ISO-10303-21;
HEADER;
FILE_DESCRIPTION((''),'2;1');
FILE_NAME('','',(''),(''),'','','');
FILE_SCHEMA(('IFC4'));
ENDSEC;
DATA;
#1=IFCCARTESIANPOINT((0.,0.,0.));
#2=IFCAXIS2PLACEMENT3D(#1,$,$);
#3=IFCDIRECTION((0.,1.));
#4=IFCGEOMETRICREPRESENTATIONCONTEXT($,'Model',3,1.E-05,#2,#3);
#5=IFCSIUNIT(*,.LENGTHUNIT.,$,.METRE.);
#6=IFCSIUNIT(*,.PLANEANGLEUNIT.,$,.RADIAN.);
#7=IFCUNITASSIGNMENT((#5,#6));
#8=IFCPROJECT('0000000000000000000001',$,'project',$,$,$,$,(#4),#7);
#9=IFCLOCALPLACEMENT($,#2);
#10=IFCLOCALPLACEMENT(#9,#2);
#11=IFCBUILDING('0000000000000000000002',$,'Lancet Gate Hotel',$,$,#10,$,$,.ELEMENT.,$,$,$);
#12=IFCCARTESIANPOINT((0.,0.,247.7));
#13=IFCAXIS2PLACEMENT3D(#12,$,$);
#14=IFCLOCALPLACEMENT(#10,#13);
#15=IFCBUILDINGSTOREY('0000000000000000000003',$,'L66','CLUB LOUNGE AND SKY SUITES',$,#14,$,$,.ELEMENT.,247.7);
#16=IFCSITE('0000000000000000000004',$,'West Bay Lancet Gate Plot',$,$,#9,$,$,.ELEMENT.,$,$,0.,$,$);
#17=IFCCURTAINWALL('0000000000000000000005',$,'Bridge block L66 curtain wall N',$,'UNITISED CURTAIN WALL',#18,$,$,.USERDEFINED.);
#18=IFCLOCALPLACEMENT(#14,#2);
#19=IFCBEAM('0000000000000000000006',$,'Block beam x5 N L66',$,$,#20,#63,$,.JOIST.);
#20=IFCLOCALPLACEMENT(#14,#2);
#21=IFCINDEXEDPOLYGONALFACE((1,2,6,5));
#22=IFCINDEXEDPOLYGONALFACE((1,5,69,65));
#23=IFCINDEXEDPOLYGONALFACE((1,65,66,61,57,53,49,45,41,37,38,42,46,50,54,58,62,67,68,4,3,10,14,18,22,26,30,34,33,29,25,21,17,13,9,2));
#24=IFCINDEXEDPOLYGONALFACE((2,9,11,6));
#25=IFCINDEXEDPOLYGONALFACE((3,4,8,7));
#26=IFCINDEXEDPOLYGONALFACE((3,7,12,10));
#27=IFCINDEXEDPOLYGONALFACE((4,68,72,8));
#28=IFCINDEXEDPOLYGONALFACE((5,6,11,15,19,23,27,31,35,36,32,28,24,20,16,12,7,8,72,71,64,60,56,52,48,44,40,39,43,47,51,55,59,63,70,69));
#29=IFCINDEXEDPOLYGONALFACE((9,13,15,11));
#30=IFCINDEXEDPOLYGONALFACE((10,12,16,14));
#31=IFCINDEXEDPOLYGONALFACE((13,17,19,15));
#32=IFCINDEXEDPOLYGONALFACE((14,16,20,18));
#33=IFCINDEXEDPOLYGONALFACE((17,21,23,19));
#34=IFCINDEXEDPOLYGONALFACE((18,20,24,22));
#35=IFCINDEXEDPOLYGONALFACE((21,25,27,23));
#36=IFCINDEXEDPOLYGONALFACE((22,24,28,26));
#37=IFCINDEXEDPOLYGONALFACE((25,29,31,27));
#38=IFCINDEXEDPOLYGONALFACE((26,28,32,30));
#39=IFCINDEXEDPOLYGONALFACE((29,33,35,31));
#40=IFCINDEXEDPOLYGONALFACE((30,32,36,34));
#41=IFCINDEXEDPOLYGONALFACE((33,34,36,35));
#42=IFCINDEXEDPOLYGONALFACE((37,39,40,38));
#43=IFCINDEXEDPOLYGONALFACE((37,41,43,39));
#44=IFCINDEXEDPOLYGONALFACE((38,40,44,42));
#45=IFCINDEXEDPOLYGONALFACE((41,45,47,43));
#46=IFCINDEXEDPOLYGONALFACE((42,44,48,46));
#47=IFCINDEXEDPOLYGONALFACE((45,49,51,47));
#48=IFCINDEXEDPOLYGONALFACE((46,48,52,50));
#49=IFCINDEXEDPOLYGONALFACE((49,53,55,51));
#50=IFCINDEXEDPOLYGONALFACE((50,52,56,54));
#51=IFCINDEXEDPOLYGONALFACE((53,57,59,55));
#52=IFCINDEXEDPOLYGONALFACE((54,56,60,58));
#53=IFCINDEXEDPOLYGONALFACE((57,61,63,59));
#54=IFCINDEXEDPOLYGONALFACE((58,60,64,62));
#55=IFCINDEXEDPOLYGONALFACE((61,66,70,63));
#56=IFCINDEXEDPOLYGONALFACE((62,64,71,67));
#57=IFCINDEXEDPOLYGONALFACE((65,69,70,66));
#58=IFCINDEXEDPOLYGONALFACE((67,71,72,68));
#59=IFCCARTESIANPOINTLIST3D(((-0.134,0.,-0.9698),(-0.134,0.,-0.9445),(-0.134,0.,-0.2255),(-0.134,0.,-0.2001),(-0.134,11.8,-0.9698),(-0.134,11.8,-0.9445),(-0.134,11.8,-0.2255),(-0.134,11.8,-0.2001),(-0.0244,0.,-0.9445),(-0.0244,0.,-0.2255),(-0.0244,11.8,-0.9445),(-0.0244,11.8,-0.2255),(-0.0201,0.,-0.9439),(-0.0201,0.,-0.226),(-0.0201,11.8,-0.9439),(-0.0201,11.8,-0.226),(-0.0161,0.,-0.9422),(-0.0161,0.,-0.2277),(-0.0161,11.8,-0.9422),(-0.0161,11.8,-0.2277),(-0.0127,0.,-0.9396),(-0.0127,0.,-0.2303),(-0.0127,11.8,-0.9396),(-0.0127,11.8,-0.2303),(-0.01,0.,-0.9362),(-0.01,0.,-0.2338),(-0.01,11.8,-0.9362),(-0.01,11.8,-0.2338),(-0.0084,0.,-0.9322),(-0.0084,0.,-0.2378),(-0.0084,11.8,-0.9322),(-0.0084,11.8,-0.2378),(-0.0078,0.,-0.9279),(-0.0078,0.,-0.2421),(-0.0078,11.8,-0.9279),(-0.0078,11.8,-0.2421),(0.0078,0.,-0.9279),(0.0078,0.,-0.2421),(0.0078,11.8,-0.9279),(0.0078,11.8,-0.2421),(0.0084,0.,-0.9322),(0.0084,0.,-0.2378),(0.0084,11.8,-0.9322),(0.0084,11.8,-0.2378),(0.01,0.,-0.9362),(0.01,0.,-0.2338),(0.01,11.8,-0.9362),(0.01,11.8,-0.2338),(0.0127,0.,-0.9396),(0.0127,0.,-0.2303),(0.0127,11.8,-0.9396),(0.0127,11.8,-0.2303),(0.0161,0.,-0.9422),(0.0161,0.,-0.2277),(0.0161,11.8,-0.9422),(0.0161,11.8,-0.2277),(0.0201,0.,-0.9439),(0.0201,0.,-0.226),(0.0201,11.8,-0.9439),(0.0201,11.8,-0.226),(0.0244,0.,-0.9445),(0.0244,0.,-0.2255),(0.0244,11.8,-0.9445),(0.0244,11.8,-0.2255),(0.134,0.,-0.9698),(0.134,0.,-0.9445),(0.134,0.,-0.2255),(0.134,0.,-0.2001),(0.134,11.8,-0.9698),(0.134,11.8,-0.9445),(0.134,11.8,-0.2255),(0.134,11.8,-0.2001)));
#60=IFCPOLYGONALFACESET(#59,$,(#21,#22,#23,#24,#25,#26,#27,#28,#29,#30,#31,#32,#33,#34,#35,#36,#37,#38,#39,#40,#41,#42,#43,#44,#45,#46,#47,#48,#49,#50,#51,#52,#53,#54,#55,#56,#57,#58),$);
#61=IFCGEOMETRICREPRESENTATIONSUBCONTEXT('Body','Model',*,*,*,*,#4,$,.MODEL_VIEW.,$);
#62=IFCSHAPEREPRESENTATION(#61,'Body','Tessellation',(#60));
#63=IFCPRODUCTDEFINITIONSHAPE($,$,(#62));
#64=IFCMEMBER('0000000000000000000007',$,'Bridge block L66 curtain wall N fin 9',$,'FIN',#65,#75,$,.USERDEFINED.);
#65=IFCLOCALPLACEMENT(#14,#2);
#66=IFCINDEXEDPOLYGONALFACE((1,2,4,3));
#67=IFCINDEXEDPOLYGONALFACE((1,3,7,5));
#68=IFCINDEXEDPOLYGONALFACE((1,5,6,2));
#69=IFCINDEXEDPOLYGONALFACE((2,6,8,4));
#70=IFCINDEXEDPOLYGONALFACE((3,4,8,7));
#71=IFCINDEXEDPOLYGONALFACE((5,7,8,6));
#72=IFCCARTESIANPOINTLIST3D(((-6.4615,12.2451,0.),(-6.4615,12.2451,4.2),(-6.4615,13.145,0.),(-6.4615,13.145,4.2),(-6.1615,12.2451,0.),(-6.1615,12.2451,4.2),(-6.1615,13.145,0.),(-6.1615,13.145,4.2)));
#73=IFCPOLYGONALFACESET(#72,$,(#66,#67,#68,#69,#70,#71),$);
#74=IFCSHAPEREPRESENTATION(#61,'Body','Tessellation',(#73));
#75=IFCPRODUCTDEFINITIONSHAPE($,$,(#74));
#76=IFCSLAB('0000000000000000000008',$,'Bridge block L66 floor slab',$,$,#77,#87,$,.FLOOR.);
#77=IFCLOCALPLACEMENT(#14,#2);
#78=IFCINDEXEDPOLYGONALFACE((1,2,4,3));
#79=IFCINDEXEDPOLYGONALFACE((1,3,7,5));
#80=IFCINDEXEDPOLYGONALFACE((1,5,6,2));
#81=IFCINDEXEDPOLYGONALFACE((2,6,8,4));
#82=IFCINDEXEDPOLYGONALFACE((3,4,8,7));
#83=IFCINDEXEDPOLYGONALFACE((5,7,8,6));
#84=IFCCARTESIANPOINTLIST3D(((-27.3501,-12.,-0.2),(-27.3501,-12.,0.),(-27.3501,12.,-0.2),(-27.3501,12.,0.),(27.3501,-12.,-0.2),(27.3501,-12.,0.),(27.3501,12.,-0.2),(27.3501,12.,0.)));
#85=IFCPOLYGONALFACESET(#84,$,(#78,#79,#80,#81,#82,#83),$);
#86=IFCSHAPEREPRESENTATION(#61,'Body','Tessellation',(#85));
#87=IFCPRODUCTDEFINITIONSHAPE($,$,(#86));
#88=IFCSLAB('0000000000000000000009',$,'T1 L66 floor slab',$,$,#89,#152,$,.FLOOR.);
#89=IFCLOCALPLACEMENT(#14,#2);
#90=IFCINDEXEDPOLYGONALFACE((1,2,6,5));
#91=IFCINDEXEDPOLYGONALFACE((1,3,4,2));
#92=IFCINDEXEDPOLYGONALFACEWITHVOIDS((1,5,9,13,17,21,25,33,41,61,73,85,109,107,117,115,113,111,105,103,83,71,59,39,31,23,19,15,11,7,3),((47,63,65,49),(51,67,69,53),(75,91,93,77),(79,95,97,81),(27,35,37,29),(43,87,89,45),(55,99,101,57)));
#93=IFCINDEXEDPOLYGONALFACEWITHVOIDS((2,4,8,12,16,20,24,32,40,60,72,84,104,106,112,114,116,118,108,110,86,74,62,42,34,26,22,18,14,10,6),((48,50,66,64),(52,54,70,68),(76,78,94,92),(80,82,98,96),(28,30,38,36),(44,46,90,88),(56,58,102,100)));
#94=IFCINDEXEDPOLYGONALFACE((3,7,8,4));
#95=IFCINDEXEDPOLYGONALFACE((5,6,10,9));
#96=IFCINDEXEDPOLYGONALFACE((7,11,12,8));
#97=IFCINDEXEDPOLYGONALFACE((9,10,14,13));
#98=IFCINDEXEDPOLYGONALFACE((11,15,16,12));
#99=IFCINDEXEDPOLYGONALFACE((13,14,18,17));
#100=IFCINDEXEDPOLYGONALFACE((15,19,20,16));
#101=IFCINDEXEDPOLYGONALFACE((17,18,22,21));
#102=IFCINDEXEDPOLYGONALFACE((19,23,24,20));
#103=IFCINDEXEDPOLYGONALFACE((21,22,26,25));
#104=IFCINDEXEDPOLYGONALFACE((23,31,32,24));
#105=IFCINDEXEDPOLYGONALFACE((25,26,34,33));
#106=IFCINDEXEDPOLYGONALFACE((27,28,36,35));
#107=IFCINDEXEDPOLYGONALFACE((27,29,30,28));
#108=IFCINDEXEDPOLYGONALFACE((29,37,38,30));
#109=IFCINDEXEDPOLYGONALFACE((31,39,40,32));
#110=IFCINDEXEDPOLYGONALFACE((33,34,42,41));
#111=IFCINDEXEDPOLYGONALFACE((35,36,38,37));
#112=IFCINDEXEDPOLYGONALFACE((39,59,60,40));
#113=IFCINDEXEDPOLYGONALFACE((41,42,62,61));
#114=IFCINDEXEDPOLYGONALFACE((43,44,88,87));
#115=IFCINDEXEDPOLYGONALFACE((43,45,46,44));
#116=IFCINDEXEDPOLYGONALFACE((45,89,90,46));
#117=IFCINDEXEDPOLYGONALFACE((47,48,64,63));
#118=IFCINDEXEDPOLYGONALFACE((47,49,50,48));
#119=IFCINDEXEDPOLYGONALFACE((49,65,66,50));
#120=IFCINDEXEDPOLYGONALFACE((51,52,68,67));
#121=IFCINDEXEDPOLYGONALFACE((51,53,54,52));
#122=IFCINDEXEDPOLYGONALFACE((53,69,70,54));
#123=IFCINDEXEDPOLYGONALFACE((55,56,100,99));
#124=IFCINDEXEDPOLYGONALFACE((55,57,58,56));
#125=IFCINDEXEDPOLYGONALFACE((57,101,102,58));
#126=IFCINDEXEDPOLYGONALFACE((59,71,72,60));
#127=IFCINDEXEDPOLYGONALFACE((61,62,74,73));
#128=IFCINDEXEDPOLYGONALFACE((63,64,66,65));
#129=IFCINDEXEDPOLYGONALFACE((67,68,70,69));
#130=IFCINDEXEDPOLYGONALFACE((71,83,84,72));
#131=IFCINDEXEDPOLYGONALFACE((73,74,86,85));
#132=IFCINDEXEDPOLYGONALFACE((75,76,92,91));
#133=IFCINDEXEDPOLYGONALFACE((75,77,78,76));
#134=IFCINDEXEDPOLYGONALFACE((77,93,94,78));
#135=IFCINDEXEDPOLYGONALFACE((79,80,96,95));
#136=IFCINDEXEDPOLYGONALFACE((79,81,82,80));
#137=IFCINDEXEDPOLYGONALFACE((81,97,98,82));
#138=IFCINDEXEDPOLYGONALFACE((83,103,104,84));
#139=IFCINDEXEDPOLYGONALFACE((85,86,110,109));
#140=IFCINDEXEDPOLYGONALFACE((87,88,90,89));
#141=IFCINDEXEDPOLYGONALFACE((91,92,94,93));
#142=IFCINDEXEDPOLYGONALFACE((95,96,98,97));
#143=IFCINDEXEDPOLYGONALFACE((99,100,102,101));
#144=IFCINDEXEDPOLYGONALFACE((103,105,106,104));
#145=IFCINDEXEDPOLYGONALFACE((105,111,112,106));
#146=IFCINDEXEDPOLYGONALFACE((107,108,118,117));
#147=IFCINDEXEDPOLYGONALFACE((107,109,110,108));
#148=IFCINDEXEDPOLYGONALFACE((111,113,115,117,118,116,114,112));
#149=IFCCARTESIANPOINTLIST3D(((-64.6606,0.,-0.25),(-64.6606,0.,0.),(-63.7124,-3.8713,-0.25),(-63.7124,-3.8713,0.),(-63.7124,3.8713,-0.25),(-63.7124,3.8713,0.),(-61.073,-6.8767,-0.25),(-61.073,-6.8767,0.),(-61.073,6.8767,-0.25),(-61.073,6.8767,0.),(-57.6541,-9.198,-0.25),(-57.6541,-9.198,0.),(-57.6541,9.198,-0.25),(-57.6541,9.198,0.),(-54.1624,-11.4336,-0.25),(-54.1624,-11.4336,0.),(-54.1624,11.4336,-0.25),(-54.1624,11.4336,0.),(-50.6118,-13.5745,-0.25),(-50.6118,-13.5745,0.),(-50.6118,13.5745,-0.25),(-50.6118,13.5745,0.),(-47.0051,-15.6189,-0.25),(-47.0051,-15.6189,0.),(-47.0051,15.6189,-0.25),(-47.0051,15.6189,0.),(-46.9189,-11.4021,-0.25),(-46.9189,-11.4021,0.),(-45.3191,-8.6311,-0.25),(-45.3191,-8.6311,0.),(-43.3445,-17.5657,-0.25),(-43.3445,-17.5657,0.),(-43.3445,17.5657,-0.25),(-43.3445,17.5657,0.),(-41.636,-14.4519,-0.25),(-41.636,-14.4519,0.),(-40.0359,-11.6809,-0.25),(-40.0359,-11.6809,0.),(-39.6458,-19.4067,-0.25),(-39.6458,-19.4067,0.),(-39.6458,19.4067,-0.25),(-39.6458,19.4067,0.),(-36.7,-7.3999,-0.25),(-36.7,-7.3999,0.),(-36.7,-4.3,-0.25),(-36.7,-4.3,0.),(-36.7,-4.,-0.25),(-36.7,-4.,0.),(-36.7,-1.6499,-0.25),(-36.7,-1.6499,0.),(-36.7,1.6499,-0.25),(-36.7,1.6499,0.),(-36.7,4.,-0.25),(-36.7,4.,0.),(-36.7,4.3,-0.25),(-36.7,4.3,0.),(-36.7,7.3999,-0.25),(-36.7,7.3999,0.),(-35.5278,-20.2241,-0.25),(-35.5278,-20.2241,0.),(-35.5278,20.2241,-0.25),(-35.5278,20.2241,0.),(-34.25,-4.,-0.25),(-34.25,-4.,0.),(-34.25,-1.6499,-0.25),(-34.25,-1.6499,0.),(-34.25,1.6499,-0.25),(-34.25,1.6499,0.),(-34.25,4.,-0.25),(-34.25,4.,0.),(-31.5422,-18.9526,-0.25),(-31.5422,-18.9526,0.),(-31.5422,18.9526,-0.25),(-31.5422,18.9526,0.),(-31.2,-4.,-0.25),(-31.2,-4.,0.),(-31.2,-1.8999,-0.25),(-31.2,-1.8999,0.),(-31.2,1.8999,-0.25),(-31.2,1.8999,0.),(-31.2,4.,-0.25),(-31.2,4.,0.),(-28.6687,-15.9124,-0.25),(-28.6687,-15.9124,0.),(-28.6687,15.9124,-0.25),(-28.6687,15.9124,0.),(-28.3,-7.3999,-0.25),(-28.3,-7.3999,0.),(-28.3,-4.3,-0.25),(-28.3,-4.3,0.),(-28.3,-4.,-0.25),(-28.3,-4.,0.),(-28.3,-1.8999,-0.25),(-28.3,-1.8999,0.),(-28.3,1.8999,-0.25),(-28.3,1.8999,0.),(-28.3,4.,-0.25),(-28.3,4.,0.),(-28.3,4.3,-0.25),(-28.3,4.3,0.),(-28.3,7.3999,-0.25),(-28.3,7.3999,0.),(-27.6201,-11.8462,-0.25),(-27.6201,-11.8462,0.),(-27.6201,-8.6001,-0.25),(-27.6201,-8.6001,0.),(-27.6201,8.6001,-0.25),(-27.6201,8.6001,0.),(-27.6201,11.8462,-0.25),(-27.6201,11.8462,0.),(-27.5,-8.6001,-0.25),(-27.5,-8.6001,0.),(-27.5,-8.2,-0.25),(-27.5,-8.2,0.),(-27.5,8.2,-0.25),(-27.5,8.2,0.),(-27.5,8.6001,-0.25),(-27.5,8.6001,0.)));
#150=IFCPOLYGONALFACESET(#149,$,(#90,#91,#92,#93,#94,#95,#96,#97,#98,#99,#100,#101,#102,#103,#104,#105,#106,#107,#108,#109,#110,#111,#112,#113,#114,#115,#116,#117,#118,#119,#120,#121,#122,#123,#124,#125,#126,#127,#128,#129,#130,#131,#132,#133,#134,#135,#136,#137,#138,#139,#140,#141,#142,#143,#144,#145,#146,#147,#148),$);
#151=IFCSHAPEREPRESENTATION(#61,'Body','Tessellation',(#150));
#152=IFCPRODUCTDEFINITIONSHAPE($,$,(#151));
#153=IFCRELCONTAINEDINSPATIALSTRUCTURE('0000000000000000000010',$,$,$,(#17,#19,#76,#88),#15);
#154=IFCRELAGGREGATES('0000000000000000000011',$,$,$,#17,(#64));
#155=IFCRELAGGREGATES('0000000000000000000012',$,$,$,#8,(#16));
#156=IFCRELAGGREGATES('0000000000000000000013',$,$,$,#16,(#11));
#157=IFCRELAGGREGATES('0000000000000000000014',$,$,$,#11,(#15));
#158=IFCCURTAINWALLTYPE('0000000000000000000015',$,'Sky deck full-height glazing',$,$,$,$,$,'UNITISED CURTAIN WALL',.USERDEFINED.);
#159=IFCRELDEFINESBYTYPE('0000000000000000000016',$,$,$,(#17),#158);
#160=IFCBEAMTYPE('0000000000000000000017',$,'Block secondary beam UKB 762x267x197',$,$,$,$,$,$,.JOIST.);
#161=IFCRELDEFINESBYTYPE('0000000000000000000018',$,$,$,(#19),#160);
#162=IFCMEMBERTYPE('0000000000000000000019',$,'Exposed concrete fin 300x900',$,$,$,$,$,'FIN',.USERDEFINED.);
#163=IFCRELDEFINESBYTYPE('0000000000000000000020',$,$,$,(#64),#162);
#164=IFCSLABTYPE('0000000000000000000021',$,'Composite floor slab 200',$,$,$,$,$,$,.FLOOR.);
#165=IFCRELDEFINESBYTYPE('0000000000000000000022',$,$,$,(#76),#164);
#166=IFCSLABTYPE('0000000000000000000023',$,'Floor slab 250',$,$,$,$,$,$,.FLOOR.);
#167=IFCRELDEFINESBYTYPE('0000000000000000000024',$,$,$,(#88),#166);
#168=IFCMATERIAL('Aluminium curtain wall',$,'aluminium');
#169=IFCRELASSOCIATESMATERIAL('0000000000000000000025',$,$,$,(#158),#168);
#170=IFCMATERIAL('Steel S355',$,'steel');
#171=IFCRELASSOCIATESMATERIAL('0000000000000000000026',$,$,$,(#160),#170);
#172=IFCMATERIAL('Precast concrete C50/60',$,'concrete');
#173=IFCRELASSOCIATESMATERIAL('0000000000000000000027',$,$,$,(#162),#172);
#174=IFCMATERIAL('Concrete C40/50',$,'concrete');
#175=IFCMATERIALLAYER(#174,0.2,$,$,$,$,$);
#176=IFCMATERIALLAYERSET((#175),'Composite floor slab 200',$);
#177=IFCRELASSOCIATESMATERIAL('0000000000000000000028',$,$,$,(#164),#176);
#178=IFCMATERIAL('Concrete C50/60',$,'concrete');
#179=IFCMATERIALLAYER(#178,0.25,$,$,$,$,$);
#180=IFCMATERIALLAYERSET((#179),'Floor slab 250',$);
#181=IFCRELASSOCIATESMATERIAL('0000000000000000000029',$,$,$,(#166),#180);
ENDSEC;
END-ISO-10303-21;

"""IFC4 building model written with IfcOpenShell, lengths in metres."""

from ifc_helpers import new_model, si_unit, direction, frame, origin, origin_2d, place, context, subcontext, project, spatial, polyline, rectangle, i_section, outline, extrude, material, layer, layer_set, material_profile, profile_set, type_object, element, aggregate, save


model = new_model("IFC4")

# Units and contexts
model_context = context("Model", 3, precision=1e-05, world=origin(), true_north=direction((0.0, 1.0)))
body_context = subcontext(model_context, "Body", "Model", "MODEL_VIEW")
ifc_project = project(units=[si_unit("LENGTHUNIT", "METRE"), si_unit("PLANEANGLEUNIT", "RADIAN")], contexts=[model_context])

# Site, building, storey
site_placement = place(None, origin())
site = spatial("IfcSite", under=ifc_project, at=site_placement, Name="West Bay Lancet Gate Plot", CompositionType="ELEMENT", RefElevation=0.0)
building_placement = place(site_placement, origin())
building = spatial("IfcBuilding", under=site, at=building_placement, Name="Lancet Gate Hotel", CompositionType="ELEMENT")
storey_placement = place(building_placement, frame((0.0, 0.0, 247.7)))
storey = spatial("IfcBuildingStorey", under=building, at=storey_placement, Name="L66", Description="CLUB LOUNGE AND SKY SUITES", CompositionType="ELEMENT", Elevation=247.7)

# Curtain wall
ifc_material_1 = material(Name="Aluminium curtain wall", Category="aluminium")
curtain_wall_type = type_object("IfcCurtainWallType", Name="Sky deck full-height glazing", ElementType="UNITISED CURTAIN WALL", PredefinedType="USERDEFINED", material=ifc_material_1)
curtain_wall_placement = place(storey_placement, origin())
curtain_wall = element("IfcCurtainWall", 1, at=curtain_wall_placement, inside=storey, type_object=curtain_wall_type, Name="Bridge block L66 curtain wall N", ObjectType="UNITISED CURTAIN WALL", PredefinedType="USERDEFINED")

# Beam
ifc_material_2 = material(Name="Steel S355", Category="steel")
ifc_material_profile_1 = material_profile(ifc_material_2, i_section(OverallWidth=0.2681, OverallDepth=0.7698, WebThickness=0.0156, FlangeThickness=0.0254, FilletRadius=0.0166, at=origin_2d()), Name="UKB 762x267x197")
ifc_profile_set_1 = profile_set([ifc_material_profile_1], Name="Steel S355")
beam_type_1 = type_object("IfcBeamType", Name="Block secondary beam UKB 762x267x197", PredefinedType="JOIST", material=ifc_profile_set_1)
for number, where, z_axis, x_axis, name in (
    (2, (0.0, 0.0, -0.585), (0.0, 1.0, 0.0), (-1.0, 0.0, 0.0), "Block beam x5 N L66"),
):
    element("IfcBeam", number, at=place(storey_placement, frame(where, z_axis=z_axis, x_axis=x_axis)), inside=storey, type_object=beam_type_1, Name=name, PredefinedType="JOIST", context=body_context, shape_type="SweptSolid", body=[
        extrude(i_section(OverallWidth=0.2681, OverallDepth=0.7698, WebThickness=0.0156, FlangeThickness=0.0254, FilletRadius=0.0166, at=origin_2d()), origin(), (0.0, 0.0, 1.0), 11.8),
    ])

# Member
ifc_material_3 = material(Name="Precast concrete C50/60", Category="concrete")
ifc_material_profile_2 = material_profile(ifc_material_3, rectangle(XDim=0.3, YDim=0.8999, at=origin_2d()), Name="FIN 300x900")
ifc_profile_set_2 = profile_set([ifc_material_profile_2], Name="Precast concrete C50/60")
member_type_1 = type_object("IfcMemberType", Name="Exposed concrete fin 300x900", ElementType="FIN", PredefinedType="USERDEFINED", material=ifc_profile_set_2)
member_1_placement = place(storey_placement, frame((-6.3115, 12.6951, 0.0), z_axis=(0.0, 0.0, 1.0), x_axis=(-1.0, 0.0, 0.0)))
member_1 = element("IfcMember", 3, at=member_1_placement, type_object=member_type_1, Name="Bridge block L66 curtain wall N fin 9", ObjectType="FIN", PredefinedType="USERDEFINED", context=body_context, shape_type="SweptSolid", body=[
    extrude(rectangle(XDim=0.3, YDim=0.8999, at=origin_2d()), origin(), (0.0, 0.0, 1.0), 4.2),
])

# Slabs
ifc_material_4 = material(Name="Concrete C40/50", Category="concrete")
ifc_layer_1 = layer(ifc_material_4, 0.2)
ifc_layer_set_1 = layer_set([ifc_layer_1], Name="Composite floor slab 200")
slab_type_1 = type_object("IfcSlabType", Name="Composite floor slab 200", PredefinedType="FLOOR", material=ifc_layer_set_1)
slab_1_placement = place(storey_placement, frame((0.0, 0.0, -0.2)))
element("IfcSlab", 4, at=slab_1_placement, inside=storey, type_object=slab_type_1, Name="Bridge block L66 floor slab", PredefinedType="FLOOR", context=body_context, shape_type="SweptSolid", body=[
    extrude(outline(polyline([(27.3501, -12.0), (27.3501, 12.0), (-27.3501, 12.0), (-27.3501, -12.0), (27.3501, -12.0)])), origin(), (0.0, 0.0, 1.0), 0.2),
])
ifc_material_5 = material(Name="Concrete C50/60", Category="concrete")
ifc_layer_2 = layer(ifc_material_5, 0.25)
ifc_layer_set_2 = layer_set([ifc_layer_2], Name="Floor slab 250")
slab_type_2 = type_object("IfcSlabType", Name="Floor slab 250", PredefinedType="FLOOR", material=ifc_layer_set_2)
slab_2_placement = place(storey_placement, frame((0.0, 0.0, -0.25)))
element("IfcSlab", 5, at=slab_2_placement, inside=storey, type_object=slab_type_2, Name="T1 L66 floor slab", PredefinedType="FLOOR", context=body_context, shape_type="SweptSolid", body=[
    extrude(outline(polyline([(-27.5, 8.6001), (-27.6201, 8.6001), (-27.6201, 11.8462), (-28.6687, 15.9124), (-31.5422, 18.9526), (-35.5278, 20.2241), (-39.6458, 19.4067), (-43.3445, 17.5657), (-47.0051, 15.6189), (-50.6118, 13.5745), (-54.1624, 11.4336), (-57.6541, 9.198), (-61.073, 6.8767), (-63.7124, 3.8713), (-64.6606, 0.0), (-63.7124, -3.8713), (-61.073, -6.8767), (-57.6541, -9.198), (-54.1624, -11.4336), (-50.6118, -13.5745), (-47.0051, -15.6189), (-43.3445, -17.5657), (-39.6458, -19.4067), (-35.5278, -20.2241), (-31.5422, -18.9526), (-28.6687, -15.9124), (-27.6201, -11.8462), (-27.6201, -8.6001), (-27.5, -8.6001), (-27.5, -8.2), (-27.5, 8.2), (-27.5, 8.6001)]), holes=[polyline([(-36.7, 7.3999), (-36.7, 4.3), (-28.3, 4.3), (-28.3, 7.3999), (-36.7, 7.3999)]), polyline([(-28.3, 4.0), (-31.2, 4.0), (-31.2, 1.8999), (-28.3, 1.8999), (-28.3, 4.0)]), polyline([(-34.25, 4.0), (-36.7, 4.0), (-36.7, 1.6499), (-34.25, 1.6499), (-34.25, 4.0)]), polyline([(-36.7, -1.6499), (-36.7, -4.0), (-34.25, -4.0), (-34.25, -1.6499), (-36.7, -1.6499)]), polyline([(-28.3, -1.8999), (-31.2, -1.8999), (-31.2, -4.0), (-28.3, -4.0), (-28.3, -1.8999)]), polyline([(-28.3, -4.3), (-36.7, -4.3), (-36.7, -7.3999), (-28.3, -7.3999), (-28.3, -4.3)]), polyline([(-45.3191, -8.6311), (-46.9189, -11.4021), (-41.636, -14.4519), (-40.0359, -11.6809), (-45.3191, -8.6311)])]), origin(), (0.0, 0.0, 1.0), 0.25),
])

aggregate(curtain_wall, [member_1])

save(model, "model.ifc")
